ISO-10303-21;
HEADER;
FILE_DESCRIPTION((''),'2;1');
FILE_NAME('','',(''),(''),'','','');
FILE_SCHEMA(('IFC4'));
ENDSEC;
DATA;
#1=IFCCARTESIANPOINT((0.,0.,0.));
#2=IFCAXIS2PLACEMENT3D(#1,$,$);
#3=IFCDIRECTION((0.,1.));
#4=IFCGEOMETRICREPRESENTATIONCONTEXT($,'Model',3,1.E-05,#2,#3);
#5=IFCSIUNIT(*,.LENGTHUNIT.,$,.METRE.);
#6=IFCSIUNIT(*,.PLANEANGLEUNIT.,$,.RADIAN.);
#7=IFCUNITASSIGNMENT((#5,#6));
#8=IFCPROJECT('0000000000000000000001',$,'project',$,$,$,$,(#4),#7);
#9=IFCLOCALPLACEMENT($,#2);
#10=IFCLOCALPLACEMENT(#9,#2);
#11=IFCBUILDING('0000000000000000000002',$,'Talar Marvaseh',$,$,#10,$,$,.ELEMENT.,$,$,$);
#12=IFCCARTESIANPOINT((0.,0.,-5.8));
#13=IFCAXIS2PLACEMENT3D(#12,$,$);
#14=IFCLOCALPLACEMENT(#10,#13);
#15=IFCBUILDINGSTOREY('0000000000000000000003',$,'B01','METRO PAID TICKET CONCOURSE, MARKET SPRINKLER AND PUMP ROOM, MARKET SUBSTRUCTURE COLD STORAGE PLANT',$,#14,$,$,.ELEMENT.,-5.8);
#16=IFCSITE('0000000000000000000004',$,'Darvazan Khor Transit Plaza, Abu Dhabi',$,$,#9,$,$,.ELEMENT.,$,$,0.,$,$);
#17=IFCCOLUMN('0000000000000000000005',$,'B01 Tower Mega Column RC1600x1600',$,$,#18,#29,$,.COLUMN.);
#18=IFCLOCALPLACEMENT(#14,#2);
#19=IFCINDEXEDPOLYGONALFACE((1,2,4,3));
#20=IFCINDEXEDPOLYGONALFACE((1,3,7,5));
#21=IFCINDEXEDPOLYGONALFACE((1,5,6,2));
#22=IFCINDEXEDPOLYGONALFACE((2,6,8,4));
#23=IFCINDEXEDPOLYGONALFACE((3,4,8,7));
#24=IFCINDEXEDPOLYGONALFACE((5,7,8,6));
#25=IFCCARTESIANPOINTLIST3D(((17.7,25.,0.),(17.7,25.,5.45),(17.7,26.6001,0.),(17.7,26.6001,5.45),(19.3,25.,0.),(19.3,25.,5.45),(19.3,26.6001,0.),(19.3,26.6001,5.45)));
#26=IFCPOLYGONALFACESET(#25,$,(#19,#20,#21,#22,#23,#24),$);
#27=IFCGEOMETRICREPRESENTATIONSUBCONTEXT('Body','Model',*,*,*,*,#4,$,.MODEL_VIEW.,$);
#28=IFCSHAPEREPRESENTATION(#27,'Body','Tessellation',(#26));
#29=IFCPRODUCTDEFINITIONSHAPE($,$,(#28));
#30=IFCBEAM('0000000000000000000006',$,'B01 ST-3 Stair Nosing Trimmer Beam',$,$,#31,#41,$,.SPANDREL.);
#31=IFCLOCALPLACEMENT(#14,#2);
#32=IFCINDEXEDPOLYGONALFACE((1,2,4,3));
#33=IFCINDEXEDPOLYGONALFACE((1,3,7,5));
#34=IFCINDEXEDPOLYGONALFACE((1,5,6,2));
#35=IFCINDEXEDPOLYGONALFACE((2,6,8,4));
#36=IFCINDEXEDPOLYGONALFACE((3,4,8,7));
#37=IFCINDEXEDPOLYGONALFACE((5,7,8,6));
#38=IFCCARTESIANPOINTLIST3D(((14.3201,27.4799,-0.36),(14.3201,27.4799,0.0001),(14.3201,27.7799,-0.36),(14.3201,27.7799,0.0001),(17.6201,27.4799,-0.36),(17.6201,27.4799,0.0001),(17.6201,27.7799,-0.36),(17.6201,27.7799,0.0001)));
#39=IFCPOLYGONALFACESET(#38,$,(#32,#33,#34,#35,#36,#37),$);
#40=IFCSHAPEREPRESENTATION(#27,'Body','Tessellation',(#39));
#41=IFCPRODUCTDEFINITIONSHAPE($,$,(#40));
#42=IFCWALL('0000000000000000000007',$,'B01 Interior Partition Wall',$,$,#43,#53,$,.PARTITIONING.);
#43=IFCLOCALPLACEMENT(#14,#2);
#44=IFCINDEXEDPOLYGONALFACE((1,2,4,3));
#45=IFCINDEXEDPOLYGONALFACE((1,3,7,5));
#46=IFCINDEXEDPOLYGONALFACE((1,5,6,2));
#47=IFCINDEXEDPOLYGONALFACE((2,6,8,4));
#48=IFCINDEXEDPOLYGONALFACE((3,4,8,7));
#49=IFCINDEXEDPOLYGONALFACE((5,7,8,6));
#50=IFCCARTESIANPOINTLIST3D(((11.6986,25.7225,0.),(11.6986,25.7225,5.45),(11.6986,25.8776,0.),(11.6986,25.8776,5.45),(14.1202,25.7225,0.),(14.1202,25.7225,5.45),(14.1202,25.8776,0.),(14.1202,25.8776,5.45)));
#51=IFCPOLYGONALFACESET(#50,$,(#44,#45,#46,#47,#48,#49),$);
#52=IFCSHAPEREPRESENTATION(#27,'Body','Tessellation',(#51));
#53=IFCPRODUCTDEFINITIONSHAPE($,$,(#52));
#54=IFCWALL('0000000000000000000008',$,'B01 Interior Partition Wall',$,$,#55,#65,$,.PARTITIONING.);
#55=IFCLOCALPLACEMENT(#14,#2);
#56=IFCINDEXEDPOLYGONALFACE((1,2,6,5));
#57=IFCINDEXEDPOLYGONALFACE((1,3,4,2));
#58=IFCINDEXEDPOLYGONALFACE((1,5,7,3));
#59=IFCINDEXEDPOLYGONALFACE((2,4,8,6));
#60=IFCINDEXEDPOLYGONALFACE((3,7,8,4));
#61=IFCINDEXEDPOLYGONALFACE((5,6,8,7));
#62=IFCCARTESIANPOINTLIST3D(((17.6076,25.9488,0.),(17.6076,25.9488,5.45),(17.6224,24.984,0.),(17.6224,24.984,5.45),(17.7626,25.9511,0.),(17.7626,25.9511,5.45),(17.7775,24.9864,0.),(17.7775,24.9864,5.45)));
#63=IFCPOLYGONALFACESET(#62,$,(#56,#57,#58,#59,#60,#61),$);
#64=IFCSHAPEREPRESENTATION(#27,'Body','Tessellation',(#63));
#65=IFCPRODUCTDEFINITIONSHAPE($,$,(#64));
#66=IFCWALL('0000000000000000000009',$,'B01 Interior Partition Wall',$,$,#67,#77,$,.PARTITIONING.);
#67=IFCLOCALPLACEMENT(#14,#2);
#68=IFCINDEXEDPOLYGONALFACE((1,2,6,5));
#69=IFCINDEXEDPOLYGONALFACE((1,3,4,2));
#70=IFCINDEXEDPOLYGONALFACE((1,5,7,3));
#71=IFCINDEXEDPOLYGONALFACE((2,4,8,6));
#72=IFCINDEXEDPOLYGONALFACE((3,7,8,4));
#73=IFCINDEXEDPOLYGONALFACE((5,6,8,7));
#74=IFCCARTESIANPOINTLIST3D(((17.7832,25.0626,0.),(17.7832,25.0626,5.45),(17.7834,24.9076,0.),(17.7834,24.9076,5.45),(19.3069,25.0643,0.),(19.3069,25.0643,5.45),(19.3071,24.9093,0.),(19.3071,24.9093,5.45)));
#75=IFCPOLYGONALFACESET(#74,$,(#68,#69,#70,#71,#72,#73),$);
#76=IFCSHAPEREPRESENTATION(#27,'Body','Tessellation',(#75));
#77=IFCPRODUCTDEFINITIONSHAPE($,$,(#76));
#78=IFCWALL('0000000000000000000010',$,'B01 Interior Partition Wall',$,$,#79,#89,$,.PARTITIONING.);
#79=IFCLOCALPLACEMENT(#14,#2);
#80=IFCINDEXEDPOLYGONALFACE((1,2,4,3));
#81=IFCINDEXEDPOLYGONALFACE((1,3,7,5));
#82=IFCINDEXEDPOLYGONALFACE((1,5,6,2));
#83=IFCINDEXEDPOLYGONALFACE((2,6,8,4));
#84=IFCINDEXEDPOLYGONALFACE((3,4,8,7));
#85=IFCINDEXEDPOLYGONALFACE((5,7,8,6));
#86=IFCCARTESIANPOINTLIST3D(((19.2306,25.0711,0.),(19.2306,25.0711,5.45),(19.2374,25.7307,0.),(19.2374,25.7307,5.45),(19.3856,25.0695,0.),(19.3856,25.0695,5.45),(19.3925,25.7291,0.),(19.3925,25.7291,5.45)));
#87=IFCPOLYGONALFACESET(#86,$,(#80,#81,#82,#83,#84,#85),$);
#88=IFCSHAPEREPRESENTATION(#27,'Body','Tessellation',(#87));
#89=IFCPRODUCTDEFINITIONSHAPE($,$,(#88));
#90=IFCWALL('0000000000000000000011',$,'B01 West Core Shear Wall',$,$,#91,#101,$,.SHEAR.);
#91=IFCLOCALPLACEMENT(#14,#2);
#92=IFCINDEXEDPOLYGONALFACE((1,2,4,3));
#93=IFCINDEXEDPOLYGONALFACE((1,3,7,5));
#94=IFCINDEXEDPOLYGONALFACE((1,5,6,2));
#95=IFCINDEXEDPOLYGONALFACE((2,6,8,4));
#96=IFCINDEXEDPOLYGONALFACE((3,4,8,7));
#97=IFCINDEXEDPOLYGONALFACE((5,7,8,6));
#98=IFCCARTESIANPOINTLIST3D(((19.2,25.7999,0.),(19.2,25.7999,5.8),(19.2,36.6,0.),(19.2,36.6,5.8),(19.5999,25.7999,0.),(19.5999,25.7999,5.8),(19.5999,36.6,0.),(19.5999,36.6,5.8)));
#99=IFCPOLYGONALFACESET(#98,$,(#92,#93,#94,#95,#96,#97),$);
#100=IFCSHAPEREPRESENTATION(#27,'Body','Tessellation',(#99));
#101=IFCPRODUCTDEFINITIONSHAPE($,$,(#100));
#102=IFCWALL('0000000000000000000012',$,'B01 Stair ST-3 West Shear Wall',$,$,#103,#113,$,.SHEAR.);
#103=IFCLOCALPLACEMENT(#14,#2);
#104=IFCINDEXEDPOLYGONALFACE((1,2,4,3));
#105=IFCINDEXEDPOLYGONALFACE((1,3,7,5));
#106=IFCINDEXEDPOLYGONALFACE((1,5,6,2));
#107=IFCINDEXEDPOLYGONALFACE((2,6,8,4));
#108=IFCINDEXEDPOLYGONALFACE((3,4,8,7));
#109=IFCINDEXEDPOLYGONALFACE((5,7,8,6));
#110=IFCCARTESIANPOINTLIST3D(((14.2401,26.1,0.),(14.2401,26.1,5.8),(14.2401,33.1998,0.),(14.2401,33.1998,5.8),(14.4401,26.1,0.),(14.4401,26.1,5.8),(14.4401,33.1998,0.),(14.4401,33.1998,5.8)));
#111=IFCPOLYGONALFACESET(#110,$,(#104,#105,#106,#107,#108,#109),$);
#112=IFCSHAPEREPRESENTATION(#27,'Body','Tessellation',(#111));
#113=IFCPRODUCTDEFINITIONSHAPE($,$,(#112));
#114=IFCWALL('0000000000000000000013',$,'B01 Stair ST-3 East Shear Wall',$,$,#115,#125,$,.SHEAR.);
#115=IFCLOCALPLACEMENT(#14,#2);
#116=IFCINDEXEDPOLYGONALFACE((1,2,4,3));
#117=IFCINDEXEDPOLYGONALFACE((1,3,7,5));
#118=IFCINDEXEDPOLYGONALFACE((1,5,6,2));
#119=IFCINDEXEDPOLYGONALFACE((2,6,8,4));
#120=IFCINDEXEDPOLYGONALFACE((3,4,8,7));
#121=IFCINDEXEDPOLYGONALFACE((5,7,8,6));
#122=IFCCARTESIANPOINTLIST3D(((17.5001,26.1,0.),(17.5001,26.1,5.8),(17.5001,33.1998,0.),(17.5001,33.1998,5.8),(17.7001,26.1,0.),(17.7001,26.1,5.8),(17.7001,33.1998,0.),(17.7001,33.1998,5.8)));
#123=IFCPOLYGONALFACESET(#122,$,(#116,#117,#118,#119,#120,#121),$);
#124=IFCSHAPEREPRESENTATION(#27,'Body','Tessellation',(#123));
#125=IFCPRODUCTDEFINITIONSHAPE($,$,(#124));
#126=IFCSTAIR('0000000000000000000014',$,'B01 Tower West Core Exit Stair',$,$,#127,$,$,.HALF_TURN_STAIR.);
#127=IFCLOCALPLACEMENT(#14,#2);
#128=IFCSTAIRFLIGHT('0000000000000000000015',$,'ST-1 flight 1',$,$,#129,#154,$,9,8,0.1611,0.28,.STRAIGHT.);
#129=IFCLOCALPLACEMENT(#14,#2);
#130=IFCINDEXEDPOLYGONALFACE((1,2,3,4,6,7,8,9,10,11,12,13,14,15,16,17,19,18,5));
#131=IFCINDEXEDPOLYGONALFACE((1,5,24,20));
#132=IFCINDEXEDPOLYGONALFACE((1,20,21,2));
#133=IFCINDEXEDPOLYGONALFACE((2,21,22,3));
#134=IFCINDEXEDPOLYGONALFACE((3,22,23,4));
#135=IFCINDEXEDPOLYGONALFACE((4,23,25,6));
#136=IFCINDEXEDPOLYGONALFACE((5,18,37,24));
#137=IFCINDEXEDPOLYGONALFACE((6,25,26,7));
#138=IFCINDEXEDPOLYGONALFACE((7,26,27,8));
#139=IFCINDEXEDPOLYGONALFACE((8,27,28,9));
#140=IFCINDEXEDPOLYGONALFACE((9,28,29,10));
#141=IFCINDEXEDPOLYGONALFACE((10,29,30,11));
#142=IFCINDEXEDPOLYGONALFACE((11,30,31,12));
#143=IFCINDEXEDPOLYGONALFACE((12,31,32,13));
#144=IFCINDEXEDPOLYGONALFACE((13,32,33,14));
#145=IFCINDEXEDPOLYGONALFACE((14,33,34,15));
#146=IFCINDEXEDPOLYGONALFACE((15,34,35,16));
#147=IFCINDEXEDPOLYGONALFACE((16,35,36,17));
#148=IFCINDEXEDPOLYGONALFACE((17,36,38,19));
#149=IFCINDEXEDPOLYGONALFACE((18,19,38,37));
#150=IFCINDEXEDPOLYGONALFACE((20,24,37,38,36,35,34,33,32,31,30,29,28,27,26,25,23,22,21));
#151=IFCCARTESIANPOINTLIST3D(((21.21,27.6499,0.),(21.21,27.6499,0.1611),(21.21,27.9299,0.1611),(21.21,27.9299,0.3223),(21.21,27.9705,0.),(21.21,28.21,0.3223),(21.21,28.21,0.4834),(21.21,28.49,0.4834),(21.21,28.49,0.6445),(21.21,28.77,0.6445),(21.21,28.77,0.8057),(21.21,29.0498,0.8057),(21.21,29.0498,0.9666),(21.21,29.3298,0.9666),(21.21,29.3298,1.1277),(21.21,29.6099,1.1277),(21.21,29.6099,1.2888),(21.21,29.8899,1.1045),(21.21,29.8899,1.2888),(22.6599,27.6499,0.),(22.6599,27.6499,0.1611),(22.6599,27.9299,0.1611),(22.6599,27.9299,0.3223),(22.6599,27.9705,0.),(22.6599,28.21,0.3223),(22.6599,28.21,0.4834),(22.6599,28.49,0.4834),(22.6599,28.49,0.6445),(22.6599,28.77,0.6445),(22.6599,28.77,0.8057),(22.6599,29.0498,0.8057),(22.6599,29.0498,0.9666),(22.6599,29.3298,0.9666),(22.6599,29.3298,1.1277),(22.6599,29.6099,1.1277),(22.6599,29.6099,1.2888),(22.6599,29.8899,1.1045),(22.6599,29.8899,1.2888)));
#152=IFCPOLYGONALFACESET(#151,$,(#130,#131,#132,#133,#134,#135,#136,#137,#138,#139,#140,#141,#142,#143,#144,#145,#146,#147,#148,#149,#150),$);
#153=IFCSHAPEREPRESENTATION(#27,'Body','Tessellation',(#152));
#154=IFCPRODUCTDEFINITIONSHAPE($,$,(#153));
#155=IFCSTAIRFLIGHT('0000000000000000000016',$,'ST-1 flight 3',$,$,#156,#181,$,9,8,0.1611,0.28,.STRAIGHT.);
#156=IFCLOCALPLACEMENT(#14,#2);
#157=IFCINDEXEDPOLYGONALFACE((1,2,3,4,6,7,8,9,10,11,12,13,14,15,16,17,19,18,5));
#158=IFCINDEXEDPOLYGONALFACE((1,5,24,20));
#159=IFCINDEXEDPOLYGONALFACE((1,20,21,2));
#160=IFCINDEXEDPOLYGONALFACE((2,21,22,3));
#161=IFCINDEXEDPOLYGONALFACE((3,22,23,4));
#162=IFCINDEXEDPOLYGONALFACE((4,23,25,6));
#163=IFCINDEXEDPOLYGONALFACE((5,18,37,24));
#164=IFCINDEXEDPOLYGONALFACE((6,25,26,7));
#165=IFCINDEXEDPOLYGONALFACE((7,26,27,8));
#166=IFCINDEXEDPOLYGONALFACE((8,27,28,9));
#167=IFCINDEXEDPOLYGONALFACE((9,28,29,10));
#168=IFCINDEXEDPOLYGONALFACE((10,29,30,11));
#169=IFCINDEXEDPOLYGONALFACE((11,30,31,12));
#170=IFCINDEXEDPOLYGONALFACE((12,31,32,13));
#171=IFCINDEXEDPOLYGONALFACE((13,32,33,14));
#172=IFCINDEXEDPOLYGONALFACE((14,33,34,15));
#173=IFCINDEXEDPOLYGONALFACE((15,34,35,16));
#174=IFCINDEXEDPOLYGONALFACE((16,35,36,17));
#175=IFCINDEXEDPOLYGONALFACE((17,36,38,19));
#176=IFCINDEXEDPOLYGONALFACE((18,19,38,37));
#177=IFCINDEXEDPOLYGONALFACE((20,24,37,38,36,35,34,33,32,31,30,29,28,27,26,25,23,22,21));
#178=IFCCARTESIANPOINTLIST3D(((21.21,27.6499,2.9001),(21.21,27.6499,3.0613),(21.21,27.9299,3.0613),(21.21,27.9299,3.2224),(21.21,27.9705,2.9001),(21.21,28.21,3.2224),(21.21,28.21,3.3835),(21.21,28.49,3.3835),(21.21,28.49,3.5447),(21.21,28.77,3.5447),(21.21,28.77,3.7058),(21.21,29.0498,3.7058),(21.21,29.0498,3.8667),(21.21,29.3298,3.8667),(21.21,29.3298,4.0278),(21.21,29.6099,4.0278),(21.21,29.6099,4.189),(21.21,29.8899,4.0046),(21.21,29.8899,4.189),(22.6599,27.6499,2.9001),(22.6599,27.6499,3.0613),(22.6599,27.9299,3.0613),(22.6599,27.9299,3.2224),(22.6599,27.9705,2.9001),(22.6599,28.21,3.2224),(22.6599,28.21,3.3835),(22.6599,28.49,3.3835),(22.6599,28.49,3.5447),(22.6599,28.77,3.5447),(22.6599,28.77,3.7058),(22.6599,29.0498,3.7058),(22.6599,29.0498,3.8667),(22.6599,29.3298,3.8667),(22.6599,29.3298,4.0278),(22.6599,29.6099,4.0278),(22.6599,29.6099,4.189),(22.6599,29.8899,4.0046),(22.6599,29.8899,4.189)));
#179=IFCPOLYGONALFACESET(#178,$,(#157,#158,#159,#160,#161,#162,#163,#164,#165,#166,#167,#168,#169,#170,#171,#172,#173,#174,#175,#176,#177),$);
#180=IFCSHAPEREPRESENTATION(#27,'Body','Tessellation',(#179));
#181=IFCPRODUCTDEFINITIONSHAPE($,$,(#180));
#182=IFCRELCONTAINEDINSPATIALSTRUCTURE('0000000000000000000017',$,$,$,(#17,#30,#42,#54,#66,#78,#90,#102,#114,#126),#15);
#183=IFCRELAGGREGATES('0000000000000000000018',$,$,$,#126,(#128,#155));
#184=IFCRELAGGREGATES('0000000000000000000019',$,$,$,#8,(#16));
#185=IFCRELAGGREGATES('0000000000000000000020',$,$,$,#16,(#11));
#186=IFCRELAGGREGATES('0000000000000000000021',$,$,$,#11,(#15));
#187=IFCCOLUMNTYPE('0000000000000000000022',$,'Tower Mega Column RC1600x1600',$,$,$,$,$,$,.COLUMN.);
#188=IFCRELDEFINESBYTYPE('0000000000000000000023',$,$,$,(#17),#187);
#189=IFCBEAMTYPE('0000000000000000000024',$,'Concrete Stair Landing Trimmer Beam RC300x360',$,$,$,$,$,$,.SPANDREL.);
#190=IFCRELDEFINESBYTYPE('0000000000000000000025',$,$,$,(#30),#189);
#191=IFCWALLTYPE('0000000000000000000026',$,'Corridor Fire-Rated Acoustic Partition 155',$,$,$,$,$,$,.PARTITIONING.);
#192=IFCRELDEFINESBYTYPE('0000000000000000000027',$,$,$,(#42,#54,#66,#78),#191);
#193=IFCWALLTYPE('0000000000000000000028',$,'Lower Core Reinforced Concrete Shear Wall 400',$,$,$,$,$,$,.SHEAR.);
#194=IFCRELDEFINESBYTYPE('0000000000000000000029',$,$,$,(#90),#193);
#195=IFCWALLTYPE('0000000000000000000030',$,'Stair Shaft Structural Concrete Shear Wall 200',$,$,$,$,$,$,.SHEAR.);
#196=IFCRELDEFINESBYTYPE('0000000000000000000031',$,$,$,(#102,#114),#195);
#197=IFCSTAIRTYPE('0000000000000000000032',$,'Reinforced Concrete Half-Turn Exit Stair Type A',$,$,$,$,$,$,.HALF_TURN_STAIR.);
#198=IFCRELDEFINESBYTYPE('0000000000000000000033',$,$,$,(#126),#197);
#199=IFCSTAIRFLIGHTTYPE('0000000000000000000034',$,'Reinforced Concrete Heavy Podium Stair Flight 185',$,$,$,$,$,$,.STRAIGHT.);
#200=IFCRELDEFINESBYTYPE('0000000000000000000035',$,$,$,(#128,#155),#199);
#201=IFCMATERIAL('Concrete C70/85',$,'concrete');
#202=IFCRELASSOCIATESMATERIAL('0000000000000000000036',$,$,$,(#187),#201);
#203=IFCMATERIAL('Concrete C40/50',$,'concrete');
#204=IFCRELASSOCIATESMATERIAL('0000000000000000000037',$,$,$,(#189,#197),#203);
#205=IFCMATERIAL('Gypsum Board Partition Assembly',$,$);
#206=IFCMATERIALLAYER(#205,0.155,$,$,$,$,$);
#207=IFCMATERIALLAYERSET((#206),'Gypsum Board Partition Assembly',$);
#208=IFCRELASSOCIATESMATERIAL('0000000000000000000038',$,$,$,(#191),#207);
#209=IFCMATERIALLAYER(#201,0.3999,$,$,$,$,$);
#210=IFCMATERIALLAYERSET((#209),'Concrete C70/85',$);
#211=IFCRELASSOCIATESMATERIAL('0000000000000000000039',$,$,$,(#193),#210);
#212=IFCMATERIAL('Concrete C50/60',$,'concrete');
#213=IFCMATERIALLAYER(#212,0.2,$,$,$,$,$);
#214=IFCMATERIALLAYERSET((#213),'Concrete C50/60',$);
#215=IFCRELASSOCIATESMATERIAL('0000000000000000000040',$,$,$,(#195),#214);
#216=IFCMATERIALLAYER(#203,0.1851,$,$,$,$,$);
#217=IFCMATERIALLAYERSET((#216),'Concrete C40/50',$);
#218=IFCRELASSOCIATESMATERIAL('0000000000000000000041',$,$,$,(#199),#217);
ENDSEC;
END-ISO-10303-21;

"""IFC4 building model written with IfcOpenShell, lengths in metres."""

from ifc_helpers import new_model, si_unit, direction, frame, frame_2d, origin, origin_2d, place, context, subcontext, project, spatial, polyline, rectangle, outline, extrude, material, layer, layer_set, material_profile, profile_set, type_object, element, aggregate, save


model = new_model("IFC4")

# Units and contexts
model_context = context("Model", 3, precision=1e-05, world=origin(), true_north=direction((0.0, 1.0)))
body_context = subcontext(model_context, "Body", "Model", "MODEL_VIEW")
ifc_project = project(units=[si_unit("LENGTHUNIT", "METRE"), si_unit("PLANEANGLEUNIT", "RADIAN")], contexts=[model_context])

# Site, building, storey
site_placement = place(None, origin())
site = spatial("IfcSite", under=ifc_project, at=site_placement, Name="Darvazan Khor Transit Plaza, Abu Dhabi", CompositionType="ELEMENT", RefElevation=0.0)
building_placement = place(site_placement, origin())
building = spatial("IfcBuilding", under=site, at=building_placement, Name="Talar Marvaseh", CompositionType="ELEMENT")
storey_placement = place(building_placement, frame((0.0, 0.0, -5.8)))
storey = spatial("IfcBuildingStorey", under=building, at=storey_placement, Name="B01", Description="METRO PAID TICKET CONCOURSE, MARKET SPRINKLER AND PUMP ROOM, MARKET SUBSTRUCTURE COLD STORAGE PLANT", CompositionType="ELEMENT", Elevation=-5.8)

# Column
ifc_material_1 = material(Name="Concrete C70/85", Category="concrete")
ifc_material_profile_1 = material_profile(ifc_material_1, rectangle(XDim=1.6001, YDim=1.6001, at=origin_2d()), Name="RC1600x1600")
ifc_profile_set_1 = profile_set([ifc_material_profile_1], Name="Concrete C70/85")
column_type = type_object("IfcColumnType", Name="Tower Mega Column RC1600x1600", PredefinedType="COLUMN", material=ifc_profile_set_1)
column_placement = place(storey_placement, frame((18.5, 25.8, 0.0), z_axis=(0.0, 0.0, 1.0), x_axis=(1.0, 0.0, 0.0)))
element("IfcColumn", 1, at=column_placement, inside=storey, type_object=column_type, Name="B01 Tower Mega Column RC1600x1600", PredefinedType="COLUMN", context=body_context, shape_type="SweptSolid", body=[
    extrude(rectangle(XDim=1.6001, YDim=1.6001, at=origin_2d()), origin(), (0.0, 0.0, 1.0), 5.45),
])

# Beam
ifc_material_2 = material(Name="Concrete C40/50", Category="concrete")
ifc_material_profile_2 = material_profile(ifc_material_2, rectangle(XDim=0.3, YDim=0.3601, at=origin_2d()), Name="RC300x360")
ifc_profile_set_2 = profile_set([ifc_material_profile_2], Name="Concrete C40/50")
beam_type = type_object("IfcBeamType", Name="Concrete Stair Landing Trimmer Beam RC300x360", PredefinedType="SPANDREL", material=ifc_profile_set_2)
beam_placement = place(storey_placement, frame((17.6201, 27.6299, -0.1799), z_axis=(-1.0, 0.0, 0.0), x_axis=(0.0, -1.0, 0.0)))
element("IfcBeam", 2, at=beam_placement, inside=storey, type_object=beam_type, Name="B01 ST-3 Stair Nosing Trimmer Beam", PredefinedType="SPANDREL", context=body_context, shape_type="SweptSolid", body=[
    extrude(rectangle(XDim=0.3, YDim=0.3601, at=origin_2d()), origin(), (0.0, 0.0, 1.0), 3.3),
])

# Walls
ifc_material_3 = material(Name="Gypsum Board Partition Assembly")
ifc_layer_1 = layer(ifc_material_3, 0.155)
ifc_layer_set_1 = layer_set([ifc_layer_1], Name="Gypsum Board Partition Assembly")
wall_type_1 = type_object("IfcWallType", Name="Corridor Fire-Rated Acoustic Partition 155", PredefinedType="PARTITIONING", material=ifc_layer_set_1)
wall_1_placement = place(storey_placement, frame((11.6985, 25.8, 0.0), z_axis=(0.0, 0.0, 1.0), x_axis=(1.0, 0.0, 0.0)))
element("IfcWall", 3, at=wall_1_placement, inside=storey, type_object=wall_type_1, Name="B01 Interior Partition Wall", PredefinedType="PARTITIONING", context=body_context, shape_type="SweptSolid", body=[
    extrude(rectangle(XDim=2.4216, YDim=0.155, at=frame_2d((1.2109, 0.0))), origin(), (0.0, 0.0, 1.0), 5.45),
])
wall_2_placement = place(storey_placement, frame((17.6851, 25.95, 0.0), z_axis=(0.0, 0.0, 1.0), x_axis=(0.015433, -0.999881, 0.0)))
element("IfcWall", 4, at=wall_2_placement, inside=storey, type_object=wall_type_1, Name="B01 Interior Partition Wall", PredefinedType="PARTITIONING", context=body_context, shape_type="SweptSolid", body=[
    extrude(rectangle(XDim=0.9648, YDim=0.155, at=frame_2d((0.4824, 0.0))), origin(), (0.0, 0.0, 1.0), 5.45),
])
wall_3_placement = place(storey_placement, frame((17.7834, 24.9851, 0.0), z_axis=(0.0, 0.0, 1.0), x_axis=(0.999999, 0.001122, 0.0)))
element("IfcWall", 5, at=wall_3_placement, inside=storey, type_object=wall_type_1, Name="B01 Interior Partition Wall", PredefinedType="PARTITIONING", context=body_context, shape_type="SweptSolid", body=[
    extrude(rectangle(XDim=1.5237, YDim=0.155, at=frame_2d((0.7617, 0.0))), origin(), (0.0, 0.0, 1.0), 5.45),
])
wall_4_placement = place(storey_placement, frame((19.3081, 25.0703, 0.0), z_axis=(0.0, 0.0, 1.0), x_axis=(0.010362, 0.999946, 0.0)))
element("IfcWall", 6, at=wall_4_placement, inside=storey, type_object=wall_type_1, Name="B01 Interior Partition Wall", PredefinedType="PARTITIONING", context=body_context, shape_type="SweptSolid", body=[
    extrude(rectangle(XDim=0.6597, YDim=0.155, at=frame_2d((0.3298, 0.0))), origin(), (0.0, 0.0, 1.0), 5.45),
])
ifc_layer_2 = layer(ifc_material_1, 0.3999)
ifc_layer_set_2 = layer_set([ifc_layer_2], Name="Concrete C70/85")
wall_type_2 = type_object("IfcWallType", Name="Lower Core Reinforced Concrete Shear Wall 400", PredefinedType="SHEAR", material=ifc_layer_set_2)
wall_5_placement = place(storey_placement, frame((19.3999, 25.8, 0.0), z_axis=(0.0, 0.0, 1.0), x_axis=(0.0, 1.0, 0.0)))
element("IfcWall", 7, at=wall_5_placement, inside=storey, type_object=wall_type_2, Name="B01 West Core Shear Wall", PredefinedType="SHEAR", context=body_context, shape_type="SweptSolid", body=[
    extrude(rectangle(XDim=10.8, YDim=0.3999, at=frame_2d((5.3999, 0.0))), origin(), (0.0, 0.0, 1.0), 5.8),
])

# Shared definitions
ifc_material_4 = material(Name="Concrete C50/60", Category="concrete")
ifc_layer_3 = layer(ifc_material_4, 0.2)
ifc_layer_set_3 = layer_set([ifc_layer_3], Name="Concrete C50/60")
wall_type_3 = type_object("IfcWallType", Name="Stair Shaft Structural Concrete Shear Wall 200", PredefinedType="SHEAR", material=ifc_layer_set_3)

# Walls
for number, where, z_axis, x_axis, name in (
    (8, (14.3401, 26.1001, 0.0), (0.0, 0.0, 1.0), (0.0, 1.0, 0.0), "B01 Stair ST-3 West Shear Wall"),
    (9, (17.6001, 26.1001, 0.0), (0.0, 0.0, 1.0), (0.0, 1.0, 0.0), "B01 Stair ST-3 East Shear Wall"),
):
    element("IfcWall", number, at=place(storey_placement, frame(where, z_axis=z_axis, x_axis=x_axis)), inside=storey, type_object=wall_type_3, Name=name, PredefinedType="SHEAR", context=body_context, shape_type="SweptSolid", body=[
        extrude(rectangle(XDim=7.0999, YDim=0.2, at=frame_2d((3.5498, 0.0))), origin(), (0.0, 0.0, 1.0), 5.8),
    ])

# Stair, stair flights
stair_type = type_object("IfcStairType", Name="Reinforced Concrete Half-Turn Exit Stair Type A", PredefinedType="HALF_TURN_STAIR", material=ifc_material_2)
stair_1_placement = place(storey_placement, origin())
stair_1 = element("IfcStair", 10, at=stair_1_placement, inside=storey, type_object=stair_type, Name="B01 Tower West Core Exit Stair", PredefinedType="HALF_TURN_STAIR")
ifc_layer_4 = layer(ifc_material_2, 0.1851)
ifc_layer_set_4 = layer_set([ifc_layer_4], Name="Concrete C40/50")
stair_flight_type = type_object("IfcStairFlightType", Name="Reinforced Concrete Heavy Podium Stair Flight 185", PredefinedType="STRAIGHT", material=ifc_layer_set_4)
stair_flight_1_placement = place(storey_placement, frame((21.9351, 27.6499, 0.0), z_axis=(0.0, 0.0, 1.0), x_axis=(0.0, 1.0, 0.0)))
stair_flight_1 = element("IfcStairFlight", 11, at=stair_flight_1_placement, type_object=stair_flight_type, Name="ST-1 flight 1", NumberOfRisers=9, NumberOfTreads=8, PredefinedType="STRAIGHT", RiserHeight=0.1611, TreadLength=0.28, context=body_context, shape_type="SweptSolid", body=[
    extrude(outline(polyline([(0.0, 0.0), (0.0, 0.1611), (0.28, 0.1611), (0.28, 0.3223), (0.5601, 0.3223), (0.5601, 0.4834), (0.8401, 0.4834), (0.8401, 0.6445), (1.1201, 0.6445), (1.1201, 0.8057), (1.3999, 0.8057), (1.3999, 0.9666), (1.6799, 0.9666), (1.6799, 1.1277), (1.96, 1.1277), (1.96, 1.2888), (2.24, 1.2888), (2.24, 1.45), (2.24, 1.1045), (0.3206, 0.0), (0.0, 0.0)])), frame((0.0, 0.7251, 0.0), z_axis=(0.0, -1.0, 0.0), x_axis=(1.0, 0.0, 0.0)), (0.0, 0.0, 1.0), 1.45),
])
stair_flight_2_placement = place(storey_placement, frame((21.9351, 27.6499, 2.9001), z_axis=(0.0, 0.0, 1.0), x_axis=(0.0, 1.0, 0.0)))
stair_flight_2 = element("IfcStairFlight", 12, at=stair_flight_2_placement, type_object=stair_flight_type, Name="ST-1 flight 3", NumberOfRisers=9, NumberOfTreads=8, PredefinedType="STRAIGHT", RiserHeight=0.1611, TreadLength=0.28, context=body_context, shape_type="SweptSolid", body=[
    extrude(outline(polyline([(0.0, 0.0), (0.0, 0.1611), (0.28, 0.1611), (0.28, 0.3223), (0.5601, 0.3223), (0.5601, 0.4834), (0.8401, 0.4834), (0.8401, 0.6445), (1.1201, 0.6445), (1.1201, 0.8057), (1.3999, 0.8057), (1.3999, 0.9666), (1.6799, 0.9666), (1.6799, 1.1277), (1.96, 1.1277), (1.96, 1.2888), (2.24, 1.2888), (2.24, 1.45), (2.24, 1.1045), (0.3206, 0.0), (0.0, 0.0)])), frame((0.0, 0.7251, 0.0), z_axis=(0.0, -1.0, 0.0), x_axis=(1.0, 0.0, 0.0)), (0.0, 0.0, 1.0), 1.45),
])
aggregate(stair_1, [stair_flight_1, stair_flight_2])

save(model, "model.ifc")
